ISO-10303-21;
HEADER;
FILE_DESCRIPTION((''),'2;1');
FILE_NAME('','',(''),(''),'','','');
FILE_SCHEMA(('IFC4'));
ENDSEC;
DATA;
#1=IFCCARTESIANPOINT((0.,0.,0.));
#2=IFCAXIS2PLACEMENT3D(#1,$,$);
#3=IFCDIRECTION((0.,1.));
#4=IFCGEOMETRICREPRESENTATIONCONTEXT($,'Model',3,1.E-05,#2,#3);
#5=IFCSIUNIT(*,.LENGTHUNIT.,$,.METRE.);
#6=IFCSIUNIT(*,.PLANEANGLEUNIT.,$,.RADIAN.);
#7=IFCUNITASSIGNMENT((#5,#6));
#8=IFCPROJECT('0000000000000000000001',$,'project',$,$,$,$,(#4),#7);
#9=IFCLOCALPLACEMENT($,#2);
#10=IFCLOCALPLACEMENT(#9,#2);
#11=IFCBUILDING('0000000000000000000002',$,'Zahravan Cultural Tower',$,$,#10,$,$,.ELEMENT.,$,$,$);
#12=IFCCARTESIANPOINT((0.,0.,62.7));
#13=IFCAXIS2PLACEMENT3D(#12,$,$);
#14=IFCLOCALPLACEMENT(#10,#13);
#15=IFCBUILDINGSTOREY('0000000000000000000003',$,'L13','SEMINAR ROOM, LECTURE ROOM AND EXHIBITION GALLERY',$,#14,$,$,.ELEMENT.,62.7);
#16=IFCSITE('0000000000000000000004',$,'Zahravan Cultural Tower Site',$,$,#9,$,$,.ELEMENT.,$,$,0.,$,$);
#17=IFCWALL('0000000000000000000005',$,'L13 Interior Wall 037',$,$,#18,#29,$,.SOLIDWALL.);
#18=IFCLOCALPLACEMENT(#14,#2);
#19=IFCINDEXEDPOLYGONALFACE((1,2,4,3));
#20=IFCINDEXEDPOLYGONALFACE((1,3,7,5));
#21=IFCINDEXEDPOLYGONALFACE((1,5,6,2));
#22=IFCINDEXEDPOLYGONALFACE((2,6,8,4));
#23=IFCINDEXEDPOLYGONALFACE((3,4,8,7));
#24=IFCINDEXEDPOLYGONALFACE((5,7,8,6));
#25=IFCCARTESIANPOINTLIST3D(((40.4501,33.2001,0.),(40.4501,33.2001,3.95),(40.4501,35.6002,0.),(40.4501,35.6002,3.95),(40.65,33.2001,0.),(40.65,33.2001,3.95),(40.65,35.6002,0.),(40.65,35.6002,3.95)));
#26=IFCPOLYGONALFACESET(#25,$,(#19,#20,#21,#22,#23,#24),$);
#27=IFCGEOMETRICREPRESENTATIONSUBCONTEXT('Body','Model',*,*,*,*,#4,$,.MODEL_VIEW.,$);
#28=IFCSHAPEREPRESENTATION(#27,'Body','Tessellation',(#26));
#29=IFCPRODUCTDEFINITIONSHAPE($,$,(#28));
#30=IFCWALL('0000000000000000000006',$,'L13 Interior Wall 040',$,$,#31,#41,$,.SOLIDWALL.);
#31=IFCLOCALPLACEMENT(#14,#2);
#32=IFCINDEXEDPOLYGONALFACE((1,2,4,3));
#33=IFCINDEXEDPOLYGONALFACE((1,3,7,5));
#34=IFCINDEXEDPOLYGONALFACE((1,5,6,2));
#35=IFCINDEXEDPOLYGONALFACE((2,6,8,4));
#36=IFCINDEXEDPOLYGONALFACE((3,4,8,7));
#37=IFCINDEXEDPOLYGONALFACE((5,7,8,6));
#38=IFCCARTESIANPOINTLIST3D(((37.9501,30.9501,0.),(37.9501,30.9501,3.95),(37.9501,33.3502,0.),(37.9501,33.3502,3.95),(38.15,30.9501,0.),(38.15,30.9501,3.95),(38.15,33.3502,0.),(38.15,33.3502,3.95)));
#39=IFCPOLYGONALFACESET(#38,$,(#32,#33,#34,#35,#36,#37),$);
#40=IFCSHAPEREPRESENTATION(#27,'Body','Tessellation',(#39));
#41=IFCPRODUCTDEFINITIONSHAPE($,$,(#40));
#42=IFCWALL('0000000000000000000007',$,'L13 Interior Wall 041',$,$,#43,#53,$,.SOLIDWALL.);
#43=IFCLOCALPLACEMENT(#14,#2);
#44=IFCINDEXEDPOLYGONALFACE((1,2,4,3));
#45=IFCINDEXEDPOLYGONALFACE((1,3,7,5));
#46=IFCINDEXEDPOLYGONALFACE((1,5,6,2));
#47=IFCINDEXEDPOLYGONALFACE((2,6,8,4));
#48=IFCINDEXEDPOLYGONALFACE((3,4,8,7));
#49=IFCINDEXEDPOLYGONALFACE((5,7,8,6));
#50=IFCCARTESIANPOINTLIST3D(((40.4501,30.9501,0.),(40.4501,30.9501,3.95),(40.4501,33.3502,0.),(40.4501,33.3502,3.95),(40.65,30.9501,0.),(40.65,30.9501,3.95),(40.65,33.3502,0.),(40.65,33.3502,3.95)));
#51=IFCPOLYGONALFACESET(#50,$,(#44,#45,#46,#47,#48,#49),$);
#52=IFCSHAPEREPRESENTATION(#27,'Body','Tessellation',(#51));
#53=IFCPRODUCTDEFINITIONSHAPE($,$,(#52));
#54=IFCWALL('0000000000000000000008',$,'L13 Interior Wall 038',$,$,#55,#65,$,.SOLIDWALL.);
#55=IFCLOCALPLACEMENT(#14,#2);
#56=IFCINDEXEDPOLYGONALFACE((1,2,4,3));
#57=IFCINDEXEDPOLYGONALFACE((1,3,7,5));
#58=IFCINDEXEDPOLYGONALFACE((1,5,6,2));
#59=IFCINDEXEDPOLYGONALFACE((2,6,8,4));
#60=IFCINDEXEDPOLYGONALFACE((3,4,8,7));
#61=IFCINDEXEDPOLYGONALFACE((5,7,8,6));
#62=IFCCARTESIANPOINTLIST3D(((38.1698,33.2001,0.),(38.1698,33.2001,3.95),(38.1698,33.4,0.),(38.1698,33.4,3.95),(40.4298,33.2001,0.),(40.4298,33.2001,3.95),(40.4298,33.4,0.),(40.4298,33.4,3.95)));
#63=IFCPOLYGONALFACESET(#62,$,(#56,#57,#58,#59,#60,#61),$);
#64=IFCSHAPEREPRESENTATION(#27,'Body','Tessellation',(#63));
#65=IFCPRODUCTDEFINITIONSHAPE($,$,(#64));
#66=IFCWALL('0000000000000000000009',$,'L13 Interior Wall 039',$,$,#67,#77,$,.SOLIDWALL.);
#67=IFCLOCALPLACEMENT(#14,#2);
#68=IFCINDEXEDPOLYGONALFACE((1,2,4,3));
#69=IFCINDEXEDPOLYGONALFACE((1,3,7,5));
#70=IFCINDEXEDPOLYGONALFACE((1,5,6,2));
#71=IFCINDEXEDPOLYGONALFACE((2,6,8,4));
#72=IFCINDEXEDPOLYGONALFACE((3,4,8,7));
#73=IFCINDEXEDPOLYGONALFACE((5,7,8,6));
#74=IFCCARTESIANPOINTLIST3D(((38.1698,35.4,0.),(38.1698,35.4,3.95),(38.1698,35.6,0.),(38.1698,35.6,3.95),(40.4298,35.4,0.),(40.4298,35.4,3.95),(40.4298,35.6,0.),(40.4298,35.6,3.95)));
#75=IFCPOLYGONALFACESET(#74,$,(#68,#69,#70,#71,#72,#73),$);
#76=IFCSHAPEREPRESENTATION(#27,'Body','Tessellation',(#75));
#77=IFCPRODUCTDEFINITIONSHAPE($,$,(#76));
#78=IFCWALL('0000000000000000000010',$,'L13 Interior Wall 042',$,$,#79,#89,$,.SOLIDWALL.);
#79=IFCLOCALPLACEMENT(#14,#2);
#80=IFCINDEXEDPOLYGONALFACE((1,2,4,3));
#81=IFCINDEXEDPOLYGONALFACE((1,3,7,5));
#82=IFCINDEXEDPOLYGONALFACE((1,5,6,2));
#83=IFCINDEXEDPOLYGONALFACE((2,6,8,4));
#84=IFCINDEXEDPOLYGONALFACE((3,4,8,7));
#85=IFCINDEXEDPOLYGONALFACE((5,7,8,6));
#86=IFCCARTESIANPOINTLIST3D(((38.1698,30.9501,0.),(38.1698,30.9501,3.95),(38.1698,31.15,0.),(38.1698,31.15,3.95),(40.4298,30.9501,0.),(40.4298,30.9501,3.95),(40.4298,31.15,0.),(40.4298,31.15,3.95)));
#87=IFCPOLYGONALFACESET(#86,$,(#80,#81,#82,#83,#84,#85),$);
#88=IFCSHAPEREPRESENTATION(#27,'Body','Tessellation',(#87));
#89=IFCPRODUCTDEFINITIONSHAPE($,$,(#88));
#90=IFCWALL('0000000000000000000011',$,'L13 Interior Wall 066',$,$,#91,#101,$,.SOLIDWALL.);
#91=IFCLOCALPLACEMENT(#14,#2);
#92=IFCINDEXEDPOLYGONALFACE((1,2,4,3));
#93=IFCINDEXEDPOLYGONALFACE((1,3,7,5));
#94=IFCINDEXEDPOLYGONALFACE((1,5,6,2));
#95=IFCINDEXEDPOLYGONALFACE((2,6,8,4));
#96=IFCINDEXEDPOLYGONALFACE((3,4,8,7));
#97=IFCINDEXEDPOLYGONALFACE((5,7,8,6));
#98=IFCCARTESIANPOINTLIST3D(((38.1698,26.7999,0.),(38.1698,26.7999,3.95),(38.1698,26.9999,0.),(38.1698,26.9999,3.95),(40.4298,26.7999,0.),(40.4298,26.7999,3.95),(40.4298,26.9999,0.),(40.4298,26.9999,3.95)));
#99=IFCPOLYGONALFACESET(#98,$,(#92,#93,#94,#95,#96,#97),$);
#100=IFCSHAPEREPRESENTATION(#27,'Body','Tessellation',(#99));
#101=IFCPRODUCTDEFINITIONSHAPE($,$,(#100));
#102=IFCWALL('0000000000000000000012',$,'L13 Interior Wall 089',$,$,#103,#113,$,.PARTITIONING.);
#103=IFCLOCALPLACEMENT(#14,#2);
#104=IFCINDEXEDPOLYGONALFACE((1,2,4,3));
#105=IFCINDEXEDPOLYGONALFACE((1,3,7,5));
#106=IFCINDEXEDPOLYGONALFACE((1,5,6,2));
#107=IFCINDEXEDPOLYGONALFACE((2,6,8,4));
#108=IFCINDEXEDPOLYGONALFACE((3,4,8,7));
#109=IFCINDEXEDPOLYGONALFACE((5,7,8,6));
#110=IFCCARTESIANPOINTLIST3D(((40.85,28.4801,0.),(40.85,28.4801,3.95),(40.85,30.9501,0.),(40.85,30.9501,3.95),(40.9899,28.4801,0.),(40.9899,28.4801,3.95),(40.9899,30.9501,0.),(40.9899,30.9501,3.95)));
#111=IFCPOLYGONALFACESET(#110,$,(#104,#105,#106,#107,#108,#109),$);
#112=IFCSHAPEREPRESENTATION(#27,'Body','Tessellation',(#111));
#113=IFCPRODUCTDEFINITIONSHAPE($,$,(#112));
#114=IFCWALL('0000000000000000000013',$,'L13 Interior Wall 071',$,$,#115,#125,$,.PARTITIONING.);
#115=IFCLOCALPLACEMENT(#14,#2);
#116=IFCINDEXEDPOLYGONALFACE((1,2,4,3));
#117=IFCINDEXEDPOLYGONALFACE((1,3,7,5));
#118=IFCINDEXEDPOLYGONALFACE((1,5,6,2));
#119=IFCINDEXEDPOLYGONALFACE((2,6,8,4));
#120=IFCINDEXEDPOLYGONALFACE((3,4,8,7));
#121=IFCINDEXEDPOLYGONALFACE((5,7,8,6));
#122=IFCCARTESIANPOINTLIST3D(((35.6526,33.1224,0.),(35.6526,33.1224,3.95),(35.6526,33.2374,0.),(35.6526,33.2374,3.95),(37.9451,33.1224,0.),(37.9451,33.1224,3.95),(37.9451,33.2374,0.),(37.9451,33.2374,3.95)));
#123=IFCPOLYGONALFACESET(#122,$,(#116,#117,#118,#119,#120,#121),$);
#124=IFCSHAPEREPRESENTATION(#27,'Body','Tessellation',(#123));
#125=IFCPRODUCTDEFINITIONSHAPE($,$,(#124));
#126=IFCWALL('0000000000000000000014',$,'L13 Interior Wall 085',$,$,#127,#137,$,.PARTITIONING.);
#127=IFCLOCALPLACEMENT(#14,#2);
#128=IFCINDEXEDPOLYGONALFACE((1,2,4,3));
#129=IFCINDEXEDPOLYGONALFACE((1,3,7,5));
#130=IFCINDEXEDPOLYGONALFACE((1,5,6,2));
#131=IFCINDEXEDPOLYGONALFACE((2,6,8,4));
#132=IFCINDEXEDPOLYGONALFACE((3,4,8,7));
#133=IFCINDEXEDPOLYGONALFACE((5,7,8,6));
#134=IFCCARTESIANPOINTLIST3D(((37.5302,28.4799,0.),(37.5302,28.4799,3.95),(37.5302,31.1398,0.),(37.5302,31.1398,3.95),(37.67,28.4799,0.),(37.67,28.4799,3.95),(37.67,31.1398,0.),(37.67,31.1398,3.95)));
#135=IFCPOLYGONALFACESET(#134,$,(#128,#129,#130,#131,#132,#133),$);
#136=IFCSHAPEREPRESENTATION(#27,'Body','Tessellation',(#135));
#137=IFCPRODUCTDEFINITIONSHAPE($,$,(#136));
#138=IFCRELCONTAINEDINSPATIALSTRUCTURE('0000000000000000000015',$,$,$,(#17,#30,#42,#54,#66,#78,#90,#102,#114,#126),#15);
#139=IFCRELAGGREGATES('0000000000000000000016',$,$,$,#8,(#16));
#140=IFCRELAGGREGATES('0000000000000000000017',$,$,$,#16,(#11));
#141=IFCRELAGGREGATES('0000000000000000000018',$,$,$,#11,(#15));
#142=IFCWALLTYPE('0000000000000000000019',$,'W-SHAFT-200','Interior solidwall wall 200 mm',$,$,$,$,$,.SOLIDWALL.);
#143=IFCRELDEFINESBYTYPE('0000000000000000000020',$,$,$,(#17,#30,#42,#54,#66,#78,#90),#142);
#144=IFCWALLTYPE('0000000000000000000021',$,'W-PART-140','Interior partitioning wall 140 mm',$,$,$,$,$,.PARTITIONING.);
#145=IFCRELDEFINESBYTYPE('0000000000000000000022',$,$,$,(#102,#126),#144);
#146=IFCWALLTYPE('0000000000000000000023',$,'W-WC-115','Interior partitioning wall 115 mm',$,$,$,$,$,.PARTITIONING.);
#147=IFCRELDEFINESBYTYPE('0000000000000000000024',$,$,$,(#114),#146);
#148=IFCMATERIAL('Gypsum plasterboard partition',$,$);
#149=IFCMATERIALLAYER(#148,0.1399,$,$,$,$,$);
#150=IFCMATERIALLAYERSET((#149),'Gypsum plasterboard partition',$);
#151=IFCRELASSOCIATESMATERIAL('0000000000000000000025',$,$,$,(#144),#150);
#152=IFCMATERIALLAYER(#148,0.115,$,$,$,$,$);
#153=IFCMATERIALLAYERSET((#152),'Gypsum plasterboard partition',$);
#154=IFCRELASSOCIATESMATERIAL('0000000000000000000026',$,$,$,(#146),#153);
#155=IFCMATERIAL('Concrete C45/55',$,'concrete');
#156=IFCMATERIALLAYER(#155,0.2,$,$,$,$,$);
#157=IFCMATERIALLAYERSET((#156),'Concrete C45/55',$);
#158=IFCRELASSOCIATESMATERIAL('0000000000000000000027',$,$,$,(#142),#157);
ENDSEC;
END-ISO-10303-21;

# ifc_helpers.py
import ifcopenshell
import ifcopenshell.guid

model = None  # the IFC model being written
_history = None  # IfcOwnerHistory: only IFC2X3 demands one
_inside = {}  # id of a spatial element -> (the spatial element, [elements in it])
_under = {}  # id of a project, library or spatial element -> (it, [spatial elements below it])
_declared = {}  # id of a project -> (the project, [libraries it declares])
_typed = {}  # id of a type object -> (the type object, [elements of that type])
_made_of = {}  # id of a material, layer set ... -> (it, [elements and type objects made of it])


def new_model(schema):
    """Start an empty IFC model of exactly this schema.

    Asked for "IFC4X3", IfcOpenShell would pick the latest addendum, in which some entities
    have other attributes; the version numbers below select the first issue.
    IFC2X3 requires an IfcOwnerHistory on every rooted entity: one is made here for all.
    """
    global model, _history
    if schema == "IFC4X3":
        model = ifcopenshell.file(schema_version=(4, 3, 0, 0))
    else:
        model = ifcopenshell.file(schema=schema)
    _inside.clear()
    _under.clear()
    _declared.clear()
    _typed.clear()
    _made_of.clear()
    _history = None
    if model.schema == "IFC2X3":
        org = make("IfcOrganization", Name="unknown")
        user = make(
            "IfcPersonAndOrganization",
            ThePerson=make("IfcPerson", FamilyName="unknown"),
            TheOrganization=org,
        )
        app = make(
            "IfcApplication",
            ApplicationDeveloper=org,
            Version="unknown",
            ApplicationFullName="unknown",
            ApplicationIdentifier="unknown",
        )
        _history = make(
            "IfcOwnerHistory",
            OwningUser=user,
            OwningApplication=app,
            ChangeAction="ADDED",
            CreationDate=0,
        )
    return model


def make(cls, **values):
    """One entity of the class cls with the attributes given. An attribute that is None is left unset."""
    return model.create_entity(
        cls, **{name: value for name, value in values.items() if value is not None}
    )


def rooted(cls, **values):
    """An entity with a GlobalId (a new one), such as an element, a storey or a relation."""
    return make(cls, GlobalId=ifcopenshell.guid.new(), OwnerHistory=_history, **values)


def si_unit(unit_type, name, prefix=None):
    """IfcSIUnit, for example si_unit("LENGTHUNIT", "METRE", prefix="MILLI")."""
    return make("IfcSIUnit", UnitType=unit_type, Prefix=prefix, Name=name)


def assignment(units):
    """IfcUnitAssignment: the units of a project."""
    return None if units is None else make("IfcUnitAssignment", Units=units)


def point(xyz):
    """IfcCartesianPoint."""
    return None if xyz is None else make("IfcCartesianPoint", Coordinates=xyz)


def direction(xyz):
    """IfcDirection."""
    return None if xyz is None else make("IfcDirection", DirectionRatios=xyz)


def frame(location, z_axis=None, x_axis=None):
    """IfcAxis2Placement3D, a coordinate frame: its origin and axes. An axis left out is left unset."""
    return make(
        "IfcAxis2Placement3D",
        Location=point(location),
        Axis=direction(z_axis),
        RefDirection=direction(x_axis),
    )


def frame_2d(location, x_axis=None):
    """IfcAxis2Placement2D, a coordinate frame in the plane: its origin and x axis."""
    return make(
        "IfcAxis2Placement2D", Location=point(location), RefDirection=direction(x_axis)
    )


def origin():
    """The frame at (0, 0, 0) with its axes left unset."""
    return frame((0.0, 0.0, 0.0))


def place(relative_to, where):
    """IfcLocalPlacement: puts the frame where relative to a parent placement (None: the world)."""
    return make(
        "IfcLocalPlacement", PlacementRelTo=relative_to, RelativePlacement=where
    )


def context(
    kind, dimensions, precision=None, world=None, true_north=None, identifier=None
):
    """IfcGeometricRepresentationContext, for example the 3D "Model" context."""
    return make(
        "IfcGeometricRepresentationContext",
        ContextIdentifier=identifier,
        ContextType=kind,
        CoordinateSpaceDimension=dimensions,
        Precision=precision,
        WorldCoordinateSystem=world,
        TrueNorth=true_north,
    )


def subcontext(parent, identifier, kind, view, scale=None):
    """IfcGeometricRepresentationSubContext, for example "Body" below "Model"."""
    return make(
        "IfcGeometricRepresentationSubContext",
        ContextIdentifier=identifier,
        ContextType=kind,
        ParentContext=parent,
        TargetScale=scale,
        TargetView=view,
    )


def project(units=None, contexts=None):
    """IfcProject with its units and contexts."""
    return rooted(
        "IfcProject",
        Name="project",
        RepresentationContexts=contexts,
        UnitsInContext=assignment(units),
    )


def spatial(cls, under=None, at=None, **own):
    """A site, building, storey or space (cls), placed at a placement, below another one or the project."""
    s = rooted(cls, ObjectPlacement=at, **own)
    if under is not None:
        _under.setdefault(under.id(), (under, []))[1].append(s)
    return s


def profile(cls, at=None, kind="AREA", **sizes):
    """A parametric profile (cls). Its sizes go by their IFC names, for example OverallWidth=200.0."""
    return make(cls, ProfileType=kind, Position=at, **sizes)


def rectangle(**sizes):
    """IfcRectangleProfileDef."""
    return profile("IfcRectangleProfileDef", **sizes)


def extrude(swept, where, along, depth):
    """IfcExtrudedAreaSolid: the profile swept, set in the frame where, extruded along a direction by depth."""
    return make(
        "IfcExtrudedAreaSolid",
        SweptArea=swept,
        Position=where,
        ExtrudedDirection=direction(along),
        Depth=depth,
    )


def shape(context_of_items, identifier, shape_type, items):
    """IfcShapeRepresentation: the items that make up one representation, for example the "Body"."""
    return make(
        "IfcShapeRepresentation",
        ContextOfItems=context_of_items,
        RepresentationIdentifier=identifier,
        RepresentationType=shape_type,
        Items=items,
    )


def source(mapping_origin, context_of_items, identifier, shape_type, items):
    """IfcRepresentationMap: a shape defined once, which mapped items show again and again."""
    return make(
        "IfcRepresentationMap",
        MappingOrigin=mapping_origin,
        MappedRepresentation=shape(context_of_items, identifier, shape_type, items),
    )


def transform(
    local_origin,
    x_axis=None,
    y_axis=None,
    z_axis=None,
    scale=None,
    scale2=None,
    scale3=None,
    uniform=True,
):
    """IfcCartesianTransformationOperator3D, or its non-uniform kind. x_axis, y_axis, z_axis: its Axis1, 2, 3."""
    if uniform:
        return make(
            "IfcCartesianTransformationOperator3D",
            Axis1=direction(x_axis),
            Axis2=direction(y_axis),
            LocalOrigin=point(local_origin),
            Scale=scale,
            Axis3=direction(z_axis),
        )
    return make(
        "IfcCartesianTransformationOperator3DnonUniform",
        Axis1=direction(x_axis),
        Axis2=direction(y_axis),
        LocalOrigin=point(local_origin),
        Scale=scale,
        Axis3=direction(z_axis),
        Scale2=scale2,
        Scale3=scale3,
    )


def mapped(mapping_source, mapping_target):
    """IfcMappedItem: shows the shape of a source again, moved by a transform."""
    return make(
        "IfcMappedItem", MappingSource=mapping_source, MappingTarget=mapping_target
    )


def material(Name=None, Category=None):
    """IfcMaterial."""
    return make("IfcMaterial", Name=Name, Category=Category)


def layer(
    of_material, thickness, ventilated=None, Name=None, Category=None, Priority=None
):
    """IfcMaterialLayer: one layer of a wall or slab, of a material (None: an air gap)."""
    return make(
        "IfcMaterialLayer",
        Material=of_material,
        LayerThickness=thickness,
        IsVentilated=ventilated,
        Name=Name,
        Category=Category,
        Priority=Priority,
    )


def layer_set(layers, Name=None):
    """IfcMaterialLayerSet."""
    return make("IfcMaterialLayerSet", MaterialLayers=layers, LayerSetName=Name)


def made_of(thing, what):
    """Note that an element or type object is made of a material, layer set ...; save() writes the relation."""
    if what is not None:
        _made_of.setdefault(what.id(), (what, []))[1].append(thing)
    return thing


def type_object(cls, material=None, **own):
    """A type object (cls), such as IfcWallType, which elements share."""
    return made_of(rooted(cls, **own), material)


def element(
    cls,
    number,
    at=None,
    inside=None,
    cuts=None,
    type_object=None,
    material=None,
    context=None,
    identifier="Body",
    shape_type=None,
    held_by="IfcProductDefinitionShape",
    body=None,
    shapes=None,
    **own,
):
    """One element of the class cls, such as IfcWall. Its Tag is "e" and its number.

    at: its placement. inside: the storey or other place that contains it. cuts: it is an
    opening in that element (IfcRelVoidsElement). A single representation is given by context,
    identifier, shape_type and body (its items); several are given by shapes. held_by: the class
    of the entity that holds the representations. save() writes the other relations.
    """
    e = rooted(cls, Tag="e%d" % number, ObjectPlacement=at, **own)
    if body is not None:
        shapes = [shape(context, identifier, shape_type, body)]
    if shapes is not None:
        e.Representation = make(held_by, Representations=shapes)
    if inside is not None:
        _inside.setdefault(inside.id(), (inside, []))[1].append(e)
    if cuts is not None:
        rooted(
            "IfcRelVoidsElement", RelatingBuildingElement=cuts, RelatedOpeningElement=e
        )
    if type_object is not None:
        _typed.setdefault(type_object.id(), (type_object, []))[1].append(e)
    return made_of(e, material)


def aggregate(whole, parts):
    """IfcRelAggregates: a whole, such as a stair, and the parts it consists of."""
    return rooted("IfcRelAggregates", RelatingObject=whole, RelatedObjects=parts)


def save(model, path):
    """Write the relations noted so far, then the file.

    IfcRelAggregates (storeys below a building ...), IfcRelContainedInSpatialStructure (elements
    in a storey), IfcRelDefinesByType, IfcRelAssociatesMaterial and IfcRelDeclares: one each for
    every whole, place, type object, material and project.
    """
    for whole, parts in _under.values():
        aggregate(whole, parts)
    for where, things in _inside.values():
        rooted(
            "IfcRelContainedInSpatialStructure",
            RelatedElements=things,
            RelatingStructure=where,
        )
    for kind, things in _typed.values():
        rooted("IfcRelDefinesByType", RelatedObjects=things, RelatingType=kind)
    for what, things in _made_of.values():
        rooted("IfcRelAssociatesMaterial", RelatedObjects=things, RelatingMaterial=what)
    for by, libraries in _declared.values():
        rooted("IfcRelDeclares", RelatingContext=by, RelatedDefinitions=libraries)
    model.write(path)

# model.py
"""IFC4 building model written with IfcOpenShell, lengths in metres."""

from ifc_helpers import new_model, si_unit, direction, frame, frame_2d, origin, place, context, subcontext, project, spatial, rectangle, extrude, source, transform, mapped, material, layer, layer_set, type_object, element, save


model = new_model("IFC4")

# Units and contexts
model_context = context("Model", 3, precision=1e-05, world=origin(), true_north=direction((0.0, 1.0)))
body_context = subcontext(model_context, "Body", "Model", "MODEL_VIEW")
ifc_project = project(units=[si_unit("LENGTHUNIT", "METRE"), si_unit("PLANEANGLEUNIT", "RADIAN")], contexts=[model_context])

# Site, building, storey
site_placement = place(None, origin())
site = spatial("IfcSite", under=ifc_project, at=site_placement, Name="Zahravan Cultural Tower Site", CompositionType="ELEMENT", RefElevation=0.0)
building_placement = place(site_placement, origin())
building = spatial("IfcBuilding", under=site, at=building_placement, Name="Zahravan Cultural Tower", CompositionType="ELEMENT")
storey_placement = place(building_placement, frame((0.0, 0.0, 62.7)))
storey = spatial("IfcBuildingStorey", under=building, at=storey_placement, Name="L13", Description="SEMINAR ROOM, LECTURE ROOM AND EXHIBITION GALLERY", CompositionType="ELEMENT", Elevation=62.7)

# Shared definitions
ifc_material_1 = material(Name="Gypsum plasterboard partition")
ifc_layer_1 = layer(ifc_material_1, 0.1399)
ifc_layer_set_1 = layer_set([ifc_layer_1], Name="Gypsum plasterboard partition")
wall_type_1 = type_object("IfcWallType", Name="W-PART-140", Description="Interior partitioning wall 140 mm", PredefinedType="PARTITIONING", material=ifc_layer_set_1)
ifc_layer_2 = layer(ifc_material_1, 0.115)
ifc_layer_set_2 = layer_set([ifc_layer_2], Name="Gypsum plasterboard partition")
wall_type_2 = type_object("IfcWallType", Name="W-WC-115", Description="Interior partitioning wall 115 mm", PredefinedType="PARTITIONING", material=ifc_layer_set_2)

# Walls
ifc_material_2 = material(Name="Concrete C45/55", Category="concrete")
ifc_layer_3 = layer(ifc_material_2, 0.2)
ifc_layer_set_3 = layer_set([ifc_layer_3], Name="Concrete C45/55")
wall_type_3 = type_object("IfcWallType", Name="W-SHAFT-200", Description="Interior solidwall wall 200 mm", PredefinedType="SOLIDWALL", material=ifc_layer_set_3)
shared_shape_1 = source(origin(), body_context, "Body", "SweptSolid", [
    extrude(rectangle(XDim=2.4001, YDim=0.2, at=frame_2d((1.2002, 0.0))), origin(), (0.0, 0.0, 1.0), 3.95),
])
for number, where, z_axis, x_axis, name in (
    (1, (40.55, 33.2, 0.0), (0.0, 0.0, 1.0), (0.0, 1.0, 0.0), "L13 Interior Wall 037"),
    (2, (38.05, 30.95, 0.0), (0.0, 0.0, 1.0), (0.0, 1.0, 0.0), "L13 Interior Wall 040"),
    (3, (40.55, 30.95, 0.0), (0.0, 0.0, 1.0), (0.0, 1.0, 0.0), "L13 Interior Wall 041"),
):
    element("IfcWall", number, at=place(storey_placement, frame(where, z_axis=z_axis, x_axis=x_axis)), inside=storey, type_object=wall_type_3, Name=name, PredefinedType="SOLIDWALL", context=body_context, shape_type="MappedRepresentation", body=[
        mapped(shared_shape_1, transform((0.0, 0.0, 0.0), x_axis=(1.0, 0.0, 0.0), y_axis=(0.0, 1.0, 0.0), z_axis=(0.0, 0.0, 1.0), scale=1.0)),
    ])
shared_shape_2 = source(origin(), body_context, "Body", "SweptSolid", [
    extrude(rectangle(XDim=2.26, YDim=0.2, at=frame_2d((1.1299, 0.0))), origin(), (0.0, 0.0, 1.0), 3.95),
])
for number, where, z_axis, x_axis, name in (
    (4, (38.1699, 33.3, 0.0), (0.0, 0.0, 1.0), (1.0, 0.0, 0.0), "L13 Interior Wall 038"),
    (5, (38.1699, 35.5, 0.0), (0.0, 0.0, 1.0), (1.0, 0.0, 0.0), "L13 Interior Wall 039"),
    (6, (38.1699, 31.05, 0.0), (0.0, 0.0, 1.0), (1.0, 0.0, 0.0), "L13 Interior Wall 042"),
    (7, (38.1699, 26.8999, 0.0), (0.0, 0.0, 1.0), (1.0, 0.0, 0.0), "L13 Interior Wall 066"),
):
    element("IfcWall", number, at=place(storey_placement, frame(where, z_axis=z_axis, x_axis=x_axis)), inside=storey, type_object=wall_type_3, Name=name, PredefinedType="SOLIDWALL", context=body_context, shape_type="MappedRepresentation", body=[
        mapped(shared_shape_2, transform((0.0, 0.0, 0.0), x_axis=(1.0, 0.0, 0.0), y_axis=(0.0, 1.0, 0.0), z_axis=(0.0, 0.0, 1.0), scale=1.0)),
    ])
shared_shape_3 = source(origin(), body_context, "Body", "SweptSolid", [
    extrude(rectangle(XDim=2.47, YDim=0.1399, at=frame_2d((1.2349, 0.0))), origin(), (0.0, 0.0, 1.0), 3.95),
])
wall_1_placement = place(storey_placement, frame((40.9199, 30.95, 0.0), z_axis=(0.0, 0.0, 1.0), x_axis=(0.0, -1.0, 0.0)))
element("IfcWall", 8, at=wall_1_placement, inside=storey, type_object=wall_type_1, Name="L13 Interior Wall 089", PredefinedType="PARTITIONING", context=body_context, shape_type="MappedRepresentation", body=[
    mapped(shared_shape_3, transform((0.0, 0.0, 0.0), x_axis=(1.0, 0.0, 0.0), y_axis=(0.0, 1.0, 0.0), z_axis=(0.0, 0.0, 1.0), scale=1.0)),
])
shared_shape_4 = source(origin(), body_context, "Body", "SweptSolid", [
    extrude(rectangle(XDim=2.2925, YDim=0.115, at=frame_2d((1.1462, 0.0))), origin(), (0.0, 0.0, 1.0), 3.95),
])
wall_2_placement = place(storey_placement, frame((35.6526, 33.1799, 0.0), z_axis=(0.0, 0.0, 1.0), x_axis=(1.0, 0.0, 0.0)))
element("IfcWall", 9, at=wall_2_placement, inside=storey, type_object=wall_type_2, Name="L13 Interior Wall 071", PredefinedType="PARTITIONING", context=body_context, shape_type="MappedRepresentation", body=[
    mapped(shared_shape_4, transform((0.0, 0.0, 0.0), x_axis=(1.0, 0.0, 0.0), y_axis=(0.0, 1.0, 0.0), z_axis=(0.0, 0.0, 1.0), scale=1.0)),
])
shared_shape_5 = source(origin(), body_context, "Body", "SweptSolid", [
    extrude(rectangle(XDim=2.6599, YDim=0.1399, at=frame_2d((1.3301, 0.0))), origin(), (0.0, 0.0, 1.0), 3.95),
])
wall_3_placement = place(storey_placement, frame((37.6001, 31.1399, 0.0), z_axis=(0.0, 0.0, 1.0), x_axis=(0.0, -1.0, 0.0)))
element("IfcWall", 10, at=wall_3_placement, inside=storey, type_object=wall_type_1, Name="L13 Interior Wall 085", PredefinedType="PARTITIONING", context=body_context, shape_type="MappedRepresentation", body=[
    mapped(shared_shape_5, transform((0.0, 0.0, 0.0), x_axis=(1.0, 0.0, 0.0), y_axis=(0.0, 1.0, 0.0), z_axis=(0.0, 0.0, 1.0), scale=1.0)),
])

save(model, "model.ifc")
